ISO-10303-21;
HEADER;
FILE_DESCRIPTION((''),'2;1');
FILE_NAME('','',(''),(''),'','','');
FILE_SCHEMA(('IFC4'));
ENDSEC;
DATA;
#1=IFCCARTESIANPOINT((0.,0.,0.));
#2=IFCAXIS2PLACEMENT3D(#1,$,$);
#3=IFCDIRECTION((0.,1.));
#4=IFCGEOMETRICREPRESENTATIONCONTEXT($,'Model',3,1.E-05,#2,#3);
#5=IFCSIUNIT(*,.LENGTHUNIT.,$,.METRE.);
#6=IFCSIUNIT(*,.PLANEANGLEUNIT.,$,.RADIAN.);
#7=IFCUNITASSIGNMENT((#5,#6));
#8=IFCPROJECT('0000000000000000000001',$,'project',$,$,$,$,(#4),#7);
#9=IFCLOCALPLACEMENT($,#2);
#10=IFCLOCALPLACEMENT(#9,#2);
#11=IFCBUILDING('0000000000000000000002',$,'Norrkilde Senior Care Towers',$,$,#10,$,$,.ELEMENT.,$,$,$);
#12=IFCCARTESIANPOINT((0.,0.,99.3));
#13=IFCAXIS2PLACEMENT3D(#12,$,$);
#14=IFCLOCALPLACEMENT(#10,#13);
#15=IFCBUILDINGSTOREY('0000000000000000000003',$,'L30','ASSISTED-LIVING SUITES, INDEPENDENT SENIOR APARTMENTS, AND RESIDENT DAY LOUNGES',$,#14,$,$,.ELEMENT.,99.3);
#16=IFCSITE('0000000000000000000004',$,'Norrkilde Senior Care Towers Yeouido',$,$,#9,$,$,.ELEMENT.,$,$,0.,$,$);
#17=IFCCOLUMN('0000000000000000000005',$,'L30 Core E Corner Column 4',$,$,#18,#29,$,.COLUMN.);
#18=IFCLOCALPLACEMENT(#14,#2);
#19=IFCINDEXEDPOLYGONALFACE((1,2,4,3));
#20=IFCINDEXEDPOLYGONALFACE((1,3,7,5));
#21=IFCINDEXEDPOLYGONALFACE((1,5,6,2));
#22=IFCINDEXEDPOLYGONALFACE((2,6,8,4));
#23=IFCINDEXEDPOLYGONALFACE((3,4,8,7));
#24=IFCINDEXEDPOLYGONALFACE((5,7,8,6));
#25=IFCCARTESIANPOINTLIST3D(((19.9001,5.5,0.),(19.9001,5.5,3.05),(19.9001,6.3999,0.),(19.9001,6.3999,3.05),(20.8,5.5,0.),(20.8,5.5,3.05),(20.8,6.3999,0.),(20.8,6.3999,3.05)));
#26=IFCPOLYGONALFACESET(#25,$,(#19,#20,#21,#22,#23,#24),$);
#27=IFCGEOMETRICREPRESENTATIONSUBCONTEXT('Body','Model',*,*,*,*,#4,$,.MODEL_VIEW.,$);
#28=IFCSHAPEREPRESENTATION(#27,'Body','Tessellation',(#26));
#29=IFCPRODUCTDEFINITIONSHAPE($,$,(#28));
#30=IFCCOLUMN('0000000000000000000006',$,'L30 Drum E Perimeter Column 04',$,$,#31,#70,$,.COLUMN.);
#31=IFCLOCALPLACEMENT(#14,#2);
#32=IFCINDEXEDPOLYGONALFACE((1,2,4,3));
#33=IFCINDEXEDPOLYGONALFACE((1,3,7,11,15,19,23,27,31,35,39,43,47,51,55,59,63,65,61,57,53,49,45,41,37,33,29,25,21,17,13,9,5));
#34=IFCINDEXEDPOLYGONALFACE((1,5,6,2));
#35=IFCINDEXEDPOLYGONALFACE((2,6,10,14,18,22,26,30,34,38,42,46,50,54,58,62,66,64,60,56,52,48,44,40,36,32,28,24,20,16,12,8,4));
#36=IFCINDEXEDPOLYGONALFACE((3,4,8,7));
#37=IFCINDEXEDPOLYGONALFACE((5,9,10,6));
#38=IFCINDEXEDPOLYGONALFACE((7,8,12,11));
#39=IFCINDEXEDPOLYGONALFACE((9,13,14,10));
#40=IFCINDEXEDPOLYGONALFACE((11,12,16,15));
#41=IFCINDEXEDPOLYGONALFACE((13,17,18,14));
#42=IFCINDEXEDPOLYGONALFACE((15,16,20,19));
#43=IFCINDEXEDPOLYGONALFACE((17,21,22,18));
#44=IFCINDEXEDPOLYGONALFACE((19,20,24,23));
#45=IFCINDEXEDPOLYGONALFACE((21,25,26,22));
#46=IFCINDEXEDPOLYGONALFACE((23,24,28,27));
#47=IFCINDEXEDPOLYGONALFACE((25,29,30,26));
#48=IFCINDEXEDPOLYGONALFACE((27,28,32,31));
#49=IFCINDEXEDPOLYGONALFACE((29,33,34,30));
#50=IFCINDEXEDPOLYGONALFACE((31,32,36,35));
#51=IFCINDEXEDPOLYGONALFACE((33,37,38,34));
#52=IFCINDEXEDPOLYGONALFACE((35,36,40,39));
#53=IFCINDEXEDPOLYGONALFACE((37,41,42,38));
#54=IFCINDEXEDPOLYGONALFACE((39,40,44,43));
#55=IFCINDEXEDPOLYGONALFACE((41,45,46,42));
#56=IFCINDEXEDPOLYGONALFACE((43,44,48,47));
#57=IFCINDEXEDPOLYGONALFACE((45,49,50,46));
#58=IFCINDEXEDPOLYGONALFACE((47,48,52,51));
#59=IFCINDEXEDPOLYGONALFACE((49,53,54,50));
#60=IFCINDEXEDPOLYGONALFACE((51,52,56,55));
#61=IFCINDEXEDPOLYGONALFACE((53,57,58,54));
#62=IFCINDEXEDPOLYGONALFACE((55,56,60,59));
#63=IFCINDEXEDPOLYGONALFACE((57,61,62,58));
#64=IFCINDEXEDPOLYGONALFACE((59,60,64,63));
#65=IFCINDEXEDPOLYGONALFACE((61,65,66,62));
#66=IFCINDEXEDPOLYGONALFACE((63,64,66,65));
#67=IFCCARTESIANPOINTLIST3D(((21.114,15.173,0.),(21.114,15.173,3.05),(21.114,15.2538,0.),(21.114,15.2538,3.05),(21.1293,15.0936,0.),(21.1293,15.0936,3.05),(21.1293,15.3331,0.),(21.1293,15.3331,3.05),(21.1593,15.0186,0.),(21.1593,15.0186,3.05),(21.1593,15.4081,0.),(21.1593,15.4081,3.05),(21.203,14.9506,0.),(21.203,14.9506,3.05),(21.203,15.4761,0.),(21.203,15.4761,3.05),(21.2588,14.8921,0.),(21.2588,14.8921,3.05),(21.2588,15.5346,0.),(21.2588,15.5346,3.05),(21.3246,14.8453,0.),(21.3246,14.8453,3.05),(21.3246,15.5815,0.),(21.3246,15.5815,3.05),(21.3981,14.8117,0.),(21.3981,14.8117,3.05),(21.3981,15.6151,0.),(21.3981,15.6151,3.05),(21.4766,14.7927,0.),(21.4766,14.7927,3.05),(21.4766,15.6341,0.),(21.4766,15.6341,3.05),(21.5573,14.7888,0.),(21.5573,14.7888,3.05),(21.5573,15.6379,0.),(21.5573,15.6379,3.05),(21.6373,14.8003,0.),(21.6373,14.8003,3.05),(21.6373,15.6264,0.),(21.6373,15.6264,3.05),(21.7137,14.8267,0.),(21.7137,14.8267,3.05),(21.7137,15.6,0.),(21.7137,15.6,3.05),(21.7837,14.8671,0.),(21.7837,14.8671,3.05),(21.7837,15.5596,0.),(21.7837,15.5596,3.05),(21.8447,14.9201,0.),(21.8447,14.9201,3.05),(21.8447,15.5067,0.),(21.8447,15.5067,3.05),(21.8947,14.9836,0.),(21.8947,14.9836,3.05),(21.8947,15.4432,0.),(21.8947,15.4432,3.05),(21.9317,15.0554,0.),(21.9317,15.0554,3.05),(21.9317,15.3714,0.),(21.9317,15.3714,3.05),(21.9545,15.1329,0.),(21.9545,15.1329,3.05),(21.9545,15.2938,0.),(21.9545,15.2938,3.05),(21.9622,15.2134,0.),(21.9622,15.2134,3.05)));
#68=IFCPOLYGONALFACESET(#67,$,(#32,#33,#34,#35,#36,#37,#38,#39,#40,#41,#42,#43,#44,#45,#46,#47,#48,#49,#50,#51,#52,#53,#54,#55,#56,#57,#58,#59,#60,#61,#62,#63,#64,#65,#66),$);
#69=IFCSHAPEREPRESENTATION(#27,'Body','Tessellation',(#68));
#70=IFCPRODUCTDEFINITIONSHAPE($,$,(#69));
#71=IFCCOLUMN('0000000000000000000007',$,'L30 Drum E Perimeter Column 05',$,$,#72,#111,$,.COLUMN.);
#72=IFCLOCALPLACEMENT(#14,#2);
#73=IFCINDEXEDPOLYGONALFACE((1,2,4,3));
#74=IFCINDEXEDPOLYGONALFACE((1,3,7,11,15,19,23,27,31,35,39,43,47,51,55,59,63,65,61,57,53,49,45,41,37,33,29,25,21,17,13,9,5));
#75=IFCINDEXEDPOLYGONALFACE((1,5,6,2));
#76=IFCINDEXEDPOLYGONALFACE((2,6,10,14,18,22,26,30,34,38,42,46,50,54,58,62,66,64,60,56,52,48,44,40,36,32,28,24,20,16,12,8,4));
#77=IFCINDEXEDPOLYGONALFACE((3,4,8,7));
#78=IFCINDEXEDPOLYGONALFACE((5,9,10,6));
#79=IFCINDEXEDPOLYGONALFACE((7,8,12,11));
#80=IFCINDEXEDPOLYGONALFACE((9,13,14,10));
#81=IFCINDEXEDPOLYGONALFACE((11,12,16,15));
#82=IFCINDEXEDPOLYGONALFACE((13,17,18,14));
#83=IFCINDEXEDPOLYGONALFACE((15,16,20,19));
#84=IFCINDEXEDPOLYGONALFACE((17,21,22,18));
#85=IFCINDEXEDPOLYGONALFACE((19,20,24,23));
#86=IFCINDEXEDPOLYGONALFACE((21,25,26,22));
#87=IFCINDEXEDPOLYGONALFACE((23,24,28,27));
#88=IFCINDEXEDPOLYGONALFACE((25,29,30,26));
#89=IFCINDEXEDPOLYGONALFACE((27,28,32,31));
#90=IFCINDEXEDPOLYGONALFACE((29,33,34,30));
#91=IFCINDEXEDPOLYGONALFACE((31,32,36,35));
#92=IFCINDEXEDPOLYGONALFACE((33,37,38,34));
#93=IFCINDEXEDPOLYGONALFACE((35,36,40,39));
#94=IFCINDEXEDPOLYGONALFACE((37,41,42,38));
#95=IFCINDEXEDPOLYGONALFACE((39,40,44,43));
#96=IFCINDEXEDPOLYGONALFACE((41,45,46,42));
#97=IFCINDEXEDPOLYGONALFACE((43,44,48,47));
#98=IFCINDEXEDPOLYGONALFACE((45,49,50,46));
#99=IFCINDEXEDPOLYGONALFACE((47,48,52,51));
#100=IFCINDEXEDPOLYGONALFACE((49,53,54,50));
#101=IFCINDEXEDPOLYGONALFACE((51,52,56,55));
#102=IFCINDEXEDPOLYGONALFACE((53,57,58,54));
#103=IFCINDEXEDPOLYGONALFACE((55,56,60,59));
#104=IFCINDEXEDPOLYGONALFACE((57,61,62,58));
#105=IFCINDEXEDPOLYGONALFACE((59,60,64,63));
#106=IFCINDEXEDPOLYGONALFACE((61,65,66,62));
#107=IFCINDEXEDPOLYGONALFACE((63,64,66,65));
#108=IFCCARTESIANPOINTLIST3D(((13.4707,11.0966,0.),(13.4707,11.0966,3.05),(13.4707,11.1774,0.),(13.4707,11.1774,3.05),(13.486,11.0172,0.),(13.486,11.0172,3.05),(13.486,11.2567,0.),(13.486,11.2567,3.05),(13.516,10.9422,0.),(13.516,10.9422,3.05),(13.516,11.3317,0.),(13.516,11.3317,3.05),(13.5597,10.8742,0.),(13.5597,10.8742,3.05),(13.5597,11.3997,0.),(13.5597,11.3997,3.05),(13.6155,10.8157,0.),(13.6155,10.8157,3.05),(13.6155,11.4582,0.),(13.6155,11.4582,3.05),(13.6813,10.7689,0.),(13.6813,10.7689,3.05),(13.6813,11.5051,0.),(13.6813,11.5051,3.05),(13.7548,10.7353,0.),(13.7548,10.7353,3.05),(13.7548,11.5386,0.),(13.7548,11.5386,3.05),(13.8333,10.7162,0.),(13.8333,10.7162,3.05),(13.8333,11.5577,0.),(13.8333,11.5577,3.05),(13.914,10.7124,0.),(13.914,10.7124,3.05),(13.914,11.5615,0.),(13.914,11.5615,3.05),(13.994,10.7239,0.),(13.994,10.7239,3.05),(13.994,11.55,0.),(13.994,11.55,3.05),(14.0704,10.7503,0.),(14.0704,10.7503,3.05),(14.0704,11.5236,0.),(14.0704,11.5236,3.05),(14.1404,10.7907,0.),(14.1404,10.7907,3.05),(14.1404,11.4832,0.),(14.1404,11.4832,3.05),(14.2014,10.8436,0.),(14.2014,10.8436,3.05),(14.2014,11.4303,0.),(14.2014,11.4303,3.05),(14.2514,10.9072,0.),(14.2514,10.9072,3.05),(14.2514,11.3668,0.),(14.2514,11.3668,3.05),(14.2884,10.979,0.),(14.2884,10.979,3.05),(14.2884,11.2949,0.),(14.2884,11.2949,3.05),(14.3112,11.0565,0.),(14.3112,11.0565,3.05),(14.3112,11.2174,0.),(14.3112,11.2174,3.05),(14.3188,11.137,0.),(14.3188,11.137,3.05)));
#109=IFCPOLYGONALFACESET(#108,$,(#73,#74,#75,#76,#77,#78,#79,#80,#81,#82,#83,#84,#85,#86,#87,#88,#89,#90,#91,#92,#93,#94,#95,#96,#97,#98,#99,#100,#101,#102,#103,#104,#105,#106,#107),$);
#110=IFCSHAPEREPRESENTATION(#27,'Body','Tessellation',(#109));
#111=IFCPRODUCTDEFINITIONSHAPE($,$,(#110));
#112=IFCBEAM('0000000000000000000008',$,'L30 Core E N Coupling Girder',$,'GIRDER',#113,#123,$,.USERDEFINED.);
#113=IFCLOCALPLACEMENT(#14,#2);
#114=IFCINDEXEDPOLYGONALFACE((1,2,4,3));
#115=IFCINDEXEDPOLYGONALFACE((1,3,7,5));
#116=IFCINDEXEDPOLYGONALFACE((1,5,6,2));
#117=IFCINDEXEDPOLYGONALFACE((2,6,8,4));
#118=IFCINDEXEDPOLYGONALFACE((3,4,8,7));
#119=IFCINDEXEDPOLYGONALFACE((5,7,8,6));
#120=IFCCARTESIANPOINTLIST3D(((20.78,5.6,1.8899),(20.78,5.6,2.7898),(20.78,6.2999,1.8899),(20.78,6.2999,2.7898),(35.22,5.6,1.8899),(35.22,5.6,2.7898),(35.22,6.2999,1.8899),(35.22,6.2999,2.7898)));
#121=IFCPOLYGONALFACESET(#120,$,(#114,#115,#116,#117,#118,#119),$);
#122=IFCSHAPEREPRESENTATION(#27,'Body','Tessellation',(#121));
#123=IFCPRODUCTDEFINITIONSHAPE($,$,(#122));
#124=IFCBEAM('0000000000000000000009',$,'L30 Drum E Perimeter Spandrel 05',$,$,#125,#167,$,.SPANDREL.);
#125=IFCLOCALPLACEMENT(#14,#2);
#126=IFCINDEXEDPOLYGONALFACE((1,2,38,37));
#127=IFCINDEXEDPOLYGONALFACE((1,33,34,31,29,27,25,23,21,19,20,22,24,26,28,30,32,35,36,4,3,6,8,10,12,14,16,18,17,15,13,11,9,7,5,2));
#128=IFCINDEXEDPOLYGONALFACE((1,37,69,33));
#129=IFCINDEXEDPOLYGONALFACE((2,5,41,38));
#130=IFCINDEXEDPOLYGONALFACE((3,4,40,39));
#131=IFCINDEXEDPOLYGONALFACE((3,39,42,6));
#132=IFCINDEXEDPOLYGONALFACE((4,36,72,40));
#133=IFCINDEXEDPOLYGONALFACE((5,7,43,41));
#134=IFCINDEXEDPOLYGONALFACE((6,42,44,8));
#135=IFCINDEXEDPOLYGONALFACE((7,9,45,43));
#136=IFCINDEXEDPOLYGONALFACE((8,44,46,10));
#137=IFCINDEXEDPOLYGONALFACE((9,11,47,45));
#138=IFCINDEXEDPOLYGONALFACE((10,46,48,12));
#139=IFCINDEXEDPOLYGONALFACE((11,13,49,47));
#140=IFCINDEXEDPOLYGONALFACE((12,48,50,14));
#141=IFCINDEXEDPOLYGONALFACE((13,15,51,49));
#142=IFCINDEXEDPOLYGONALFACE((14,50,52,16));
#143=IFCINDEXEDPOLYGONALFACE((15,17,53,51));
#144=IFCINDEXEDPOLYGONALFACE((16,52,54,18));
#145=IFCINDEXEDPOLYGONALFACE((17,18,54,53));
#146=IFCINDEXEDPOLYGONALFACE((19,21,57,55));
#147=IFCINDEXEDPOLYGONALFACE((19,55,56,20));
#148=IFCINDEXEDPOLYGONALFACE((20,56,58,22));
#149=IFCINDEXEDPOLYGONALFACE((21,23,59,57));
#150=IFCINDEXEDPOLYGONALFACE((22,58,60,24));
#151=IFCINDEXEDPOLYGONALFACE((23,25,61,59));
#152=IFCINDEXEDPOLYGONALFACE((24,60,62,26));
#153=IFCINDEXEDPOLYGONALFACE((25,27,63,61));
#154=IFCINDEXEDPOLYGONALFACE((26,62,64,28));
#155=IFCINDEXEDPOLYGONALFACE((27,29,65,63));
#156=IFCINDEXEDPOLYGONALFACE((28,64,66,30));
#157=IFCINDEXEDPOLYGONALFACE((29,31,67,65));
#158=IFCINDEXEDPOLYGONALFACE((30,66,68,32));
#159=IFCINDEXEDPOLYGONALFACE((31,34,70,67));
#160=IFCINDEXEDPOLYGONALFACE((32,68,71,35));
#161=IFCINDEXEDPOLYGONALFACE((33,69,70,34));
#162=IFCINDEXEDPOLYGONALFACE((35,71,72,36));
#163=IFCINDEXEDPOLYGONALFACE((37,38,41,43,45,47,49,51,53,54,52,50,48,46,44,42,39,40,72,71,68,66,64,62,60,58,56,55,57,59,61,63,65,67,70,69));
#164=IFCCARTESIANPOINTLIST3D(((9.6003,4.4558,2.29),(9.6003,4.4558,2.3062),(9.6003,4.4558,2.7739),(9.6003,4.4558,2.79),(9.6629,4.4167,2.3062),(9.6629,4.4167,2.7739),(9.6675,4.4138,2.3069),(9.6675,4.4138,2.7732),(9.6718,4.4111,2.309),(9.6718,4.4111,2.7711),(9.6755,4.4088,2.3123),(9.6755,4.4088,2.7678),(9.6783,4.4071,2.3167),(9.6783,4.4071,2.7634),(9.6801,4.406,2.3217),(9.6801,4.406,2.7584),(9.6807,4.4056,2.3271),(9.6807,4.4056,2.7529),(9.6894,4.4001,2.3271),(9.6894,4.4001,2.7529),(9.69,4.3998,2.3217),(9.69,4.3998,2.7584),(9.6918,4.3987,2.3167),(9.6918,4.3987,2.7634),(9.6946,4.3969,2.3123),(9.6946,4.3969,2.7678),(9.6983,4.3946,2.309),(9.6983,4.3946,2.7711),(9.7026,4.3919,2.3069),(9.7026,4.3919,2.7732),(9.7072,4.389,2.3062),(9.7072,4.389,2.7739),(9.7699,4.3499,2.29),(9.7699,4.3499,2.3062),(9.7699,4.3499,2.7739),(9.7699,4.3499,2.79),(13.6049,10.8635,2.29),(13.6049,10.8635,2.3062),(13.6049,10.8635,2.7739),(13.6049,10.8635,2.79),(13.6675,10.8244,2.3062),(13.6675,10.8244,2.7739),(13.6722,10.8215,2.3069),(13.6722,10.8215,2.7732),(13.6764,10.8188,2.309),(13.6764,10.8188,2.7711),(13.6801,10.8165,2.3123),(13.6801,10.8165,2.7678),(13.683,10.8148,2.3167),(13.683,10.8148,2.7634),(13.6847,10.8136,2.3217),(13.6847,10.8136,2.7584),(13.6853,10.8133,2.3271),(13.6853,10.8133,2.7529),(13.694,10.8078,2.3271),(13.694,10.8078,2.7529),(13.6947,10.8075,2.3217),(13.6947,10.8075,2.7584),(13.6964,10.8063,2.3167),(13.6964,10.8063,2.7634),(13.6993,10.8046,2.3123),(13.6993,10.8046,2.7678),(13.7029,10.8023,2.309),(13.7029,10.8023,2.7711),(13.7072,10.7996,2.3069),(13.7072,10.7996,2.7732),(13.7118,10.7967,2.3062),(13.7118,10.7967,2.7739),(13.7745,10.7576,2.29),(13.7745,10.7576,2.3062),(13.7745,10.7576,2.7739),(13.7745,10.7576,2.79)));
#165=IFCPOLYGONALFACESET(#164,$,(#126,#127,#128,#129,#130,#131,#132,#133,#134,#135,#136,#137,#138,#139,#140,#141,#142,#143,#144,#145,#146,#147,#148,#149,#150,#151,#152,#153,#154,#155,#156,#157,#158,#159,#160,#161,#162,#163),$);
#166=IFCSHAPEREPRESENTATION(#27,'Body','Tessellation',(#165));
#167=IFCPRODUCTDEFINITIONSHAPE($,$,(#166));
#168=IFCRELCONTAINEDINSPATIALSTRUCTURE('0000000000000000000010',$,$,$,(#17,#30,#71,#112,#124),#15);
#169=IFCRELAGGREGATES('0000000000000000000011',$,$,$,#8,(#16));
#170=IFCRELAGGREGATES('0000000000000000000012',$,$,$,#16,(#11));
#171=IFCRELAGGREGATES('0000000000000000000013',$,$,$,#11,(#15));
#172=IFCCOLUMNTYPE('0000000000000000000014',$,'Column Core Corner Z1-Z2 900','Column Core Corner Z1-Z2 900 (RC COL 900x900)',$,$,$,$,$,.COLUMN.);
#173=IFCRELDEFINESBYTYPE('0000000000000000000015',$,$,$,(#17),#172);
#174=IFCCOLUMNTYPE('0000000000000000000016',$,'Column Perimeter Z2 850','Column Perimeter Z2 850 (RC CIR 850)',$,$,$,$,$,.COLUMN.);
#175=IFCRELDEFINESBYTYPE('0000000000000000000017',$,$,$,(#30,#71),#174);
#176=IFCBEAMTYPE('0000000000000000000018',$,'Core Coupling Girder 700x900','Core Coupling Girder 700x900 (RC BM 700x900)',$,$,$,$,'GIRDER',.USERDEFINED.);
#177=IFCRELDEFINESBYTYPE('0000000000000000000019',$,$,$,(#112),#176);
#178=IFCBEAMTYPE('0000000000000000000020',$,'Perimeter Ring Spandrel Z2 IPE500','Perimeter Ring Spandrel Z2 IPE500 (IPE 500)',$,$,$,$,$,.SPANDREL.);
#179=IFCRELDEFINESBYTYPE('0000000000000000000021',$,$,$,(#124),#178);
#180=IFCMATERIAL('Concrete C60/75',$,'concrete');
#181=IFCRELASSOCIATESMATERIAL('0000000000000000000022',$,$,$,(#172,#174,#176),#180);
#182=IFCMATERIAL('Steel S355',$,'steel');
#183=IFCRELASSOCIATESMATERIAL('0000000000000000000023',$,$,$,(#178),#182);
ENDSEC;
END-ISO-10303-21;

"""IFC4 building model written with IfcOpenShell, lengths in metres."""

from ifc_helpers import new_model, si_unit, direction, frame, origin, origin_2d, place, context, subcontext, project, spatial, rectangle, circle, i_section, extrude, source, transform, mapped, material, material_profile, profile_set, type_object, type_shapes, element, save


model = new_model("IFC4")

# Units and contexts
model_context = context("Model", 3, precision=1e-05, world=origin(), true_north=direction((0.0, 1.0)))
body_context = subcontext(model_context, "Body", "Model", "MODEL_VIEW")
ifc_project = project(units=[si_unit("LENGTHUNIT", "METRE"), si_unit("PLANEANGLEUNIT", "RADIAN")], contexts=[model_context])

# Site, building, storey
site_placement = place(None, origin())
site = spatial("IfcSite", under=ifc_project, at=site_placement, Name="Norrkilde Senior Care Towers Yeouido", CompositionType="ELEMENT", RefElevation=0.0)
building_placement = place(site_placement, origin())
building = spatial("IfcBuilding", under=site, at=building_placement, Name="Norrkilde Senior Care Towers", CompositionType="ELEMENT")
storey_placement = place(building_placement, frame((0.0, 0.0, 99.3)))
storey = spatial("IfcBuildingStorey", under=building, at=storey_placement, Name="L30", Description="ASSISTED-LIVING SUITES, INDEPENDENT SENIOR APARTMENTS, AND RESIDENT DAY LOUNGES", CompositionType="ELEMENT", Elevation=99.3)

# Columns
ifc_material_1 = material(Name="Concrete C60/75", Category="concrete")
ifc_material_profile_1 = material_profile(ifc_material_1, rectangle(XDim=0.8999, YDim=0.8999, at=origin_2d()), Name="RC COL 900x900")
ifc_profile_set_1 = profile_set([ifc_material_profile_1], Name="Concrete C60/75")
column_type_1 = type_object("IfcColumnType", Name="Column Core Corner Z1-Z2 900", Description="Column Core Corner Z1-Z2 900 (RC COL 900x900)", PredefinedType="COLUMN", material=ifc_profile_set_1)
shared_shape_1 = source(origin(), body_context, "Body", "SweptSolid", [
    extrude(rectangle(XDim=0.8999, YDim=0.8999, at=origin_2d()), origin(), (0.0, 0.0, 1.0), 3.05),
])
type_shapes(column_type_1, [shared_shape_1])
column_placement = place(storey_placement, frame((20.3501, 5.95, 0.0), z_axis=(0.0, 0.0, 1.0), x_axis=(1.0, 0.0, 0.0)))
element("IfcColumn", 1, at=column_placement, inside=storey, type_object=column_type_1, Name="L30 Core E Corner Column 4", PredefinedType="COLUMN", context=body_context, shape_type="MappedRepresentation", body=[
    mapped(shared_shape_1, transform((0.0, 0.0, 0.0), x_axis=(1.0, 0.0, 0.0), y_axis=(0.0, 1.0, 0.0), z_axis=(0.0, 0.0, 1.0), scale=1.0)),
])
ifc_material_profile_2 = material_profile(ifc_material_1, circle(Radius=0.425, at=origin_2d()), Name="RC CIR 850")
ifc_profile_set_2 = profile_set([ifc_material_profile_2], Name="Concrete C60/75")
column_type_2 = type_object("IfcColumnType", Name="Column Perimeter Z2 850", Description="Column Perimeter Z2 850 (RC CIR 850)", PredefinedType="COLUMN", material=ifc_profile_set_2)
shared_shape_2 = source(origin(), body_context, "Body", "SweptSolid", [
    extrude(circle(Radius=0.425, at=origin_2d()), origin(), (0.0, 0.0, 1.0), 3.05),
])
type_shapes(column_type_2, [shared_shape_2])
for number, where, z_axis, x_axis, name in (
    (2, (21.5371, 15.2134, 0.0), (0.0, 0.0, 1.0), (1.0, 0.0, 0.0), "L30 Drum E Perimeter Column 04"),
    (3, (13.8938, 11.137, 0.0), (0.0, 0.0, 1.0), (1.0, 0.0, 0.0), "L30 Drum E Perimeter Column 05"),
):
    element("IfcColumn", number, at=place(storey_placement, frame(where, z_axis=z_axis, x_axis=x_axis)), inside=storey, type_object=column_type_2, Name=name, PredefinedType="COLUMN", context=body_context, shape_type="MappedRepresentation", body=[
        mapped(shared_shape_2, transform((0.0, 0.0, 0.0), x_axis=(1.0, 0.0, 0.0), y_axis=(0.0, 1.0, 0.0), z_axis=(0.0, 0.0, 1.0), scale=1.0)),
    ])

# Beams
ifc_material_profile_3 = material_profile(ifc_material_1, rectangle(XDim=0.7, YDim=0.8999, at=origin_2d()), Name="RC BM 700x900")
ifc_profile_set_3 = profile_set([ifc_material_profile_3], Name="Concrete C60/75")
beam_type_1 = type_object("IfcBeamType", Name="Core Coupling Girder 700x900", Description="Core Coupling Girder 700x900 (RC BM 700x900)", ElementType="GIRDER", PredefinedType="USERDEFINED", material=ifc_profile_set_3)
shared_shape_3 = source(origin(), body_context, "Body", "SweptSolid", [
    extrude(rectangle(XDim=0.7, YDim=0.8999, at=origin_2d()), origin(), (0.0, 0.0, 1.0), 14.4399),
])
type_shapes(beam_type_1, [shared_shape_3])
beam_1_placement = place(storey_placement, frame((20.78, 5.95, 2.3398), z_axis=(1.0, 0.0, 0.0), x_axis=(0.0, 1.0, 0.0)))
element("IfcBeam", 4, at=beam_1_placement, inside=storey, type_object=beam_type_1, Name="L30 Core E N Coupling Girder", ObjectType="GIRDER", PredefinedType="USERDEFINED", context=body_context, shape_type="MappedRepresentation", body=[
    mapped(shared_shape_3, transform((0.0, 0.0, 0.0), x_axis=(1.0, 0.0, 0.0), y_axis=(0.0, 1.0, 0.0), z_axis=(0.0, 0.0, 1.0), scale=1.0)),
])
ifc_material_2 = material(Name="Steel S355", Category="steel")
ifc_material_profile_4 = material_profile(ifc_material_2, i_section(OverallWidth=0.2, OverallDepth=0.5, WebThickness=0.0103, FlangeThickness=0.0161, FilletRadius=0.021, at=origin_2d()), Name="IPE 500")
ifc_profile_set_4 = profile_set([ifc_material_profile_4], Name="Steel S355")
beam_type_2 = type_object("IfcBeamType", Name="Perimeter Ring Spandrel Z2 IPE500", Description="Perimeter Ring Spandrel Z2 IPE500 (IPE 500)", PredefinedType="SPANDREL", material=ifc_profile_set_4)
shared_shape_4 = source(origin(), body_context, "Body", "SweptSolid", [
    extrude(i_section(OverallWidth=0.2, OverallDepth=0.5, WebThickness=0.0103, FlangeThickness=0.0161, FilletRadius=0.021, at=origin_2d()), origin(), (0.0, 0.0, 1.0), 7.5562),
])
beam_2_placement = place(storey_placement, frame((13.6897, 10.8105, 2.54), z_axis=(-0.529982, -0.848009, 0.0), x_axis=(0.848009, -0.529982, 0.0)))
element("IfcBeam", 5, at=beam_2_placement, inside=storey, type_object=beam_type_2, Name="L30 Drum E Perimeter Spandrel 05", PredefinedType="SPANDREL", context=body_context, shape_type="MappedRepresentation", body=[
    mapped(shared_shape_4, transform((0.0, 0.0, 0.0), x_axis=(1.0, 0.0, 0.0), y_axis=(0.0, 1.0, 0.0), z_axis=(0.0, 0.0, 1.0), scale=1.0)),
])

save(model, "model.ifc")
